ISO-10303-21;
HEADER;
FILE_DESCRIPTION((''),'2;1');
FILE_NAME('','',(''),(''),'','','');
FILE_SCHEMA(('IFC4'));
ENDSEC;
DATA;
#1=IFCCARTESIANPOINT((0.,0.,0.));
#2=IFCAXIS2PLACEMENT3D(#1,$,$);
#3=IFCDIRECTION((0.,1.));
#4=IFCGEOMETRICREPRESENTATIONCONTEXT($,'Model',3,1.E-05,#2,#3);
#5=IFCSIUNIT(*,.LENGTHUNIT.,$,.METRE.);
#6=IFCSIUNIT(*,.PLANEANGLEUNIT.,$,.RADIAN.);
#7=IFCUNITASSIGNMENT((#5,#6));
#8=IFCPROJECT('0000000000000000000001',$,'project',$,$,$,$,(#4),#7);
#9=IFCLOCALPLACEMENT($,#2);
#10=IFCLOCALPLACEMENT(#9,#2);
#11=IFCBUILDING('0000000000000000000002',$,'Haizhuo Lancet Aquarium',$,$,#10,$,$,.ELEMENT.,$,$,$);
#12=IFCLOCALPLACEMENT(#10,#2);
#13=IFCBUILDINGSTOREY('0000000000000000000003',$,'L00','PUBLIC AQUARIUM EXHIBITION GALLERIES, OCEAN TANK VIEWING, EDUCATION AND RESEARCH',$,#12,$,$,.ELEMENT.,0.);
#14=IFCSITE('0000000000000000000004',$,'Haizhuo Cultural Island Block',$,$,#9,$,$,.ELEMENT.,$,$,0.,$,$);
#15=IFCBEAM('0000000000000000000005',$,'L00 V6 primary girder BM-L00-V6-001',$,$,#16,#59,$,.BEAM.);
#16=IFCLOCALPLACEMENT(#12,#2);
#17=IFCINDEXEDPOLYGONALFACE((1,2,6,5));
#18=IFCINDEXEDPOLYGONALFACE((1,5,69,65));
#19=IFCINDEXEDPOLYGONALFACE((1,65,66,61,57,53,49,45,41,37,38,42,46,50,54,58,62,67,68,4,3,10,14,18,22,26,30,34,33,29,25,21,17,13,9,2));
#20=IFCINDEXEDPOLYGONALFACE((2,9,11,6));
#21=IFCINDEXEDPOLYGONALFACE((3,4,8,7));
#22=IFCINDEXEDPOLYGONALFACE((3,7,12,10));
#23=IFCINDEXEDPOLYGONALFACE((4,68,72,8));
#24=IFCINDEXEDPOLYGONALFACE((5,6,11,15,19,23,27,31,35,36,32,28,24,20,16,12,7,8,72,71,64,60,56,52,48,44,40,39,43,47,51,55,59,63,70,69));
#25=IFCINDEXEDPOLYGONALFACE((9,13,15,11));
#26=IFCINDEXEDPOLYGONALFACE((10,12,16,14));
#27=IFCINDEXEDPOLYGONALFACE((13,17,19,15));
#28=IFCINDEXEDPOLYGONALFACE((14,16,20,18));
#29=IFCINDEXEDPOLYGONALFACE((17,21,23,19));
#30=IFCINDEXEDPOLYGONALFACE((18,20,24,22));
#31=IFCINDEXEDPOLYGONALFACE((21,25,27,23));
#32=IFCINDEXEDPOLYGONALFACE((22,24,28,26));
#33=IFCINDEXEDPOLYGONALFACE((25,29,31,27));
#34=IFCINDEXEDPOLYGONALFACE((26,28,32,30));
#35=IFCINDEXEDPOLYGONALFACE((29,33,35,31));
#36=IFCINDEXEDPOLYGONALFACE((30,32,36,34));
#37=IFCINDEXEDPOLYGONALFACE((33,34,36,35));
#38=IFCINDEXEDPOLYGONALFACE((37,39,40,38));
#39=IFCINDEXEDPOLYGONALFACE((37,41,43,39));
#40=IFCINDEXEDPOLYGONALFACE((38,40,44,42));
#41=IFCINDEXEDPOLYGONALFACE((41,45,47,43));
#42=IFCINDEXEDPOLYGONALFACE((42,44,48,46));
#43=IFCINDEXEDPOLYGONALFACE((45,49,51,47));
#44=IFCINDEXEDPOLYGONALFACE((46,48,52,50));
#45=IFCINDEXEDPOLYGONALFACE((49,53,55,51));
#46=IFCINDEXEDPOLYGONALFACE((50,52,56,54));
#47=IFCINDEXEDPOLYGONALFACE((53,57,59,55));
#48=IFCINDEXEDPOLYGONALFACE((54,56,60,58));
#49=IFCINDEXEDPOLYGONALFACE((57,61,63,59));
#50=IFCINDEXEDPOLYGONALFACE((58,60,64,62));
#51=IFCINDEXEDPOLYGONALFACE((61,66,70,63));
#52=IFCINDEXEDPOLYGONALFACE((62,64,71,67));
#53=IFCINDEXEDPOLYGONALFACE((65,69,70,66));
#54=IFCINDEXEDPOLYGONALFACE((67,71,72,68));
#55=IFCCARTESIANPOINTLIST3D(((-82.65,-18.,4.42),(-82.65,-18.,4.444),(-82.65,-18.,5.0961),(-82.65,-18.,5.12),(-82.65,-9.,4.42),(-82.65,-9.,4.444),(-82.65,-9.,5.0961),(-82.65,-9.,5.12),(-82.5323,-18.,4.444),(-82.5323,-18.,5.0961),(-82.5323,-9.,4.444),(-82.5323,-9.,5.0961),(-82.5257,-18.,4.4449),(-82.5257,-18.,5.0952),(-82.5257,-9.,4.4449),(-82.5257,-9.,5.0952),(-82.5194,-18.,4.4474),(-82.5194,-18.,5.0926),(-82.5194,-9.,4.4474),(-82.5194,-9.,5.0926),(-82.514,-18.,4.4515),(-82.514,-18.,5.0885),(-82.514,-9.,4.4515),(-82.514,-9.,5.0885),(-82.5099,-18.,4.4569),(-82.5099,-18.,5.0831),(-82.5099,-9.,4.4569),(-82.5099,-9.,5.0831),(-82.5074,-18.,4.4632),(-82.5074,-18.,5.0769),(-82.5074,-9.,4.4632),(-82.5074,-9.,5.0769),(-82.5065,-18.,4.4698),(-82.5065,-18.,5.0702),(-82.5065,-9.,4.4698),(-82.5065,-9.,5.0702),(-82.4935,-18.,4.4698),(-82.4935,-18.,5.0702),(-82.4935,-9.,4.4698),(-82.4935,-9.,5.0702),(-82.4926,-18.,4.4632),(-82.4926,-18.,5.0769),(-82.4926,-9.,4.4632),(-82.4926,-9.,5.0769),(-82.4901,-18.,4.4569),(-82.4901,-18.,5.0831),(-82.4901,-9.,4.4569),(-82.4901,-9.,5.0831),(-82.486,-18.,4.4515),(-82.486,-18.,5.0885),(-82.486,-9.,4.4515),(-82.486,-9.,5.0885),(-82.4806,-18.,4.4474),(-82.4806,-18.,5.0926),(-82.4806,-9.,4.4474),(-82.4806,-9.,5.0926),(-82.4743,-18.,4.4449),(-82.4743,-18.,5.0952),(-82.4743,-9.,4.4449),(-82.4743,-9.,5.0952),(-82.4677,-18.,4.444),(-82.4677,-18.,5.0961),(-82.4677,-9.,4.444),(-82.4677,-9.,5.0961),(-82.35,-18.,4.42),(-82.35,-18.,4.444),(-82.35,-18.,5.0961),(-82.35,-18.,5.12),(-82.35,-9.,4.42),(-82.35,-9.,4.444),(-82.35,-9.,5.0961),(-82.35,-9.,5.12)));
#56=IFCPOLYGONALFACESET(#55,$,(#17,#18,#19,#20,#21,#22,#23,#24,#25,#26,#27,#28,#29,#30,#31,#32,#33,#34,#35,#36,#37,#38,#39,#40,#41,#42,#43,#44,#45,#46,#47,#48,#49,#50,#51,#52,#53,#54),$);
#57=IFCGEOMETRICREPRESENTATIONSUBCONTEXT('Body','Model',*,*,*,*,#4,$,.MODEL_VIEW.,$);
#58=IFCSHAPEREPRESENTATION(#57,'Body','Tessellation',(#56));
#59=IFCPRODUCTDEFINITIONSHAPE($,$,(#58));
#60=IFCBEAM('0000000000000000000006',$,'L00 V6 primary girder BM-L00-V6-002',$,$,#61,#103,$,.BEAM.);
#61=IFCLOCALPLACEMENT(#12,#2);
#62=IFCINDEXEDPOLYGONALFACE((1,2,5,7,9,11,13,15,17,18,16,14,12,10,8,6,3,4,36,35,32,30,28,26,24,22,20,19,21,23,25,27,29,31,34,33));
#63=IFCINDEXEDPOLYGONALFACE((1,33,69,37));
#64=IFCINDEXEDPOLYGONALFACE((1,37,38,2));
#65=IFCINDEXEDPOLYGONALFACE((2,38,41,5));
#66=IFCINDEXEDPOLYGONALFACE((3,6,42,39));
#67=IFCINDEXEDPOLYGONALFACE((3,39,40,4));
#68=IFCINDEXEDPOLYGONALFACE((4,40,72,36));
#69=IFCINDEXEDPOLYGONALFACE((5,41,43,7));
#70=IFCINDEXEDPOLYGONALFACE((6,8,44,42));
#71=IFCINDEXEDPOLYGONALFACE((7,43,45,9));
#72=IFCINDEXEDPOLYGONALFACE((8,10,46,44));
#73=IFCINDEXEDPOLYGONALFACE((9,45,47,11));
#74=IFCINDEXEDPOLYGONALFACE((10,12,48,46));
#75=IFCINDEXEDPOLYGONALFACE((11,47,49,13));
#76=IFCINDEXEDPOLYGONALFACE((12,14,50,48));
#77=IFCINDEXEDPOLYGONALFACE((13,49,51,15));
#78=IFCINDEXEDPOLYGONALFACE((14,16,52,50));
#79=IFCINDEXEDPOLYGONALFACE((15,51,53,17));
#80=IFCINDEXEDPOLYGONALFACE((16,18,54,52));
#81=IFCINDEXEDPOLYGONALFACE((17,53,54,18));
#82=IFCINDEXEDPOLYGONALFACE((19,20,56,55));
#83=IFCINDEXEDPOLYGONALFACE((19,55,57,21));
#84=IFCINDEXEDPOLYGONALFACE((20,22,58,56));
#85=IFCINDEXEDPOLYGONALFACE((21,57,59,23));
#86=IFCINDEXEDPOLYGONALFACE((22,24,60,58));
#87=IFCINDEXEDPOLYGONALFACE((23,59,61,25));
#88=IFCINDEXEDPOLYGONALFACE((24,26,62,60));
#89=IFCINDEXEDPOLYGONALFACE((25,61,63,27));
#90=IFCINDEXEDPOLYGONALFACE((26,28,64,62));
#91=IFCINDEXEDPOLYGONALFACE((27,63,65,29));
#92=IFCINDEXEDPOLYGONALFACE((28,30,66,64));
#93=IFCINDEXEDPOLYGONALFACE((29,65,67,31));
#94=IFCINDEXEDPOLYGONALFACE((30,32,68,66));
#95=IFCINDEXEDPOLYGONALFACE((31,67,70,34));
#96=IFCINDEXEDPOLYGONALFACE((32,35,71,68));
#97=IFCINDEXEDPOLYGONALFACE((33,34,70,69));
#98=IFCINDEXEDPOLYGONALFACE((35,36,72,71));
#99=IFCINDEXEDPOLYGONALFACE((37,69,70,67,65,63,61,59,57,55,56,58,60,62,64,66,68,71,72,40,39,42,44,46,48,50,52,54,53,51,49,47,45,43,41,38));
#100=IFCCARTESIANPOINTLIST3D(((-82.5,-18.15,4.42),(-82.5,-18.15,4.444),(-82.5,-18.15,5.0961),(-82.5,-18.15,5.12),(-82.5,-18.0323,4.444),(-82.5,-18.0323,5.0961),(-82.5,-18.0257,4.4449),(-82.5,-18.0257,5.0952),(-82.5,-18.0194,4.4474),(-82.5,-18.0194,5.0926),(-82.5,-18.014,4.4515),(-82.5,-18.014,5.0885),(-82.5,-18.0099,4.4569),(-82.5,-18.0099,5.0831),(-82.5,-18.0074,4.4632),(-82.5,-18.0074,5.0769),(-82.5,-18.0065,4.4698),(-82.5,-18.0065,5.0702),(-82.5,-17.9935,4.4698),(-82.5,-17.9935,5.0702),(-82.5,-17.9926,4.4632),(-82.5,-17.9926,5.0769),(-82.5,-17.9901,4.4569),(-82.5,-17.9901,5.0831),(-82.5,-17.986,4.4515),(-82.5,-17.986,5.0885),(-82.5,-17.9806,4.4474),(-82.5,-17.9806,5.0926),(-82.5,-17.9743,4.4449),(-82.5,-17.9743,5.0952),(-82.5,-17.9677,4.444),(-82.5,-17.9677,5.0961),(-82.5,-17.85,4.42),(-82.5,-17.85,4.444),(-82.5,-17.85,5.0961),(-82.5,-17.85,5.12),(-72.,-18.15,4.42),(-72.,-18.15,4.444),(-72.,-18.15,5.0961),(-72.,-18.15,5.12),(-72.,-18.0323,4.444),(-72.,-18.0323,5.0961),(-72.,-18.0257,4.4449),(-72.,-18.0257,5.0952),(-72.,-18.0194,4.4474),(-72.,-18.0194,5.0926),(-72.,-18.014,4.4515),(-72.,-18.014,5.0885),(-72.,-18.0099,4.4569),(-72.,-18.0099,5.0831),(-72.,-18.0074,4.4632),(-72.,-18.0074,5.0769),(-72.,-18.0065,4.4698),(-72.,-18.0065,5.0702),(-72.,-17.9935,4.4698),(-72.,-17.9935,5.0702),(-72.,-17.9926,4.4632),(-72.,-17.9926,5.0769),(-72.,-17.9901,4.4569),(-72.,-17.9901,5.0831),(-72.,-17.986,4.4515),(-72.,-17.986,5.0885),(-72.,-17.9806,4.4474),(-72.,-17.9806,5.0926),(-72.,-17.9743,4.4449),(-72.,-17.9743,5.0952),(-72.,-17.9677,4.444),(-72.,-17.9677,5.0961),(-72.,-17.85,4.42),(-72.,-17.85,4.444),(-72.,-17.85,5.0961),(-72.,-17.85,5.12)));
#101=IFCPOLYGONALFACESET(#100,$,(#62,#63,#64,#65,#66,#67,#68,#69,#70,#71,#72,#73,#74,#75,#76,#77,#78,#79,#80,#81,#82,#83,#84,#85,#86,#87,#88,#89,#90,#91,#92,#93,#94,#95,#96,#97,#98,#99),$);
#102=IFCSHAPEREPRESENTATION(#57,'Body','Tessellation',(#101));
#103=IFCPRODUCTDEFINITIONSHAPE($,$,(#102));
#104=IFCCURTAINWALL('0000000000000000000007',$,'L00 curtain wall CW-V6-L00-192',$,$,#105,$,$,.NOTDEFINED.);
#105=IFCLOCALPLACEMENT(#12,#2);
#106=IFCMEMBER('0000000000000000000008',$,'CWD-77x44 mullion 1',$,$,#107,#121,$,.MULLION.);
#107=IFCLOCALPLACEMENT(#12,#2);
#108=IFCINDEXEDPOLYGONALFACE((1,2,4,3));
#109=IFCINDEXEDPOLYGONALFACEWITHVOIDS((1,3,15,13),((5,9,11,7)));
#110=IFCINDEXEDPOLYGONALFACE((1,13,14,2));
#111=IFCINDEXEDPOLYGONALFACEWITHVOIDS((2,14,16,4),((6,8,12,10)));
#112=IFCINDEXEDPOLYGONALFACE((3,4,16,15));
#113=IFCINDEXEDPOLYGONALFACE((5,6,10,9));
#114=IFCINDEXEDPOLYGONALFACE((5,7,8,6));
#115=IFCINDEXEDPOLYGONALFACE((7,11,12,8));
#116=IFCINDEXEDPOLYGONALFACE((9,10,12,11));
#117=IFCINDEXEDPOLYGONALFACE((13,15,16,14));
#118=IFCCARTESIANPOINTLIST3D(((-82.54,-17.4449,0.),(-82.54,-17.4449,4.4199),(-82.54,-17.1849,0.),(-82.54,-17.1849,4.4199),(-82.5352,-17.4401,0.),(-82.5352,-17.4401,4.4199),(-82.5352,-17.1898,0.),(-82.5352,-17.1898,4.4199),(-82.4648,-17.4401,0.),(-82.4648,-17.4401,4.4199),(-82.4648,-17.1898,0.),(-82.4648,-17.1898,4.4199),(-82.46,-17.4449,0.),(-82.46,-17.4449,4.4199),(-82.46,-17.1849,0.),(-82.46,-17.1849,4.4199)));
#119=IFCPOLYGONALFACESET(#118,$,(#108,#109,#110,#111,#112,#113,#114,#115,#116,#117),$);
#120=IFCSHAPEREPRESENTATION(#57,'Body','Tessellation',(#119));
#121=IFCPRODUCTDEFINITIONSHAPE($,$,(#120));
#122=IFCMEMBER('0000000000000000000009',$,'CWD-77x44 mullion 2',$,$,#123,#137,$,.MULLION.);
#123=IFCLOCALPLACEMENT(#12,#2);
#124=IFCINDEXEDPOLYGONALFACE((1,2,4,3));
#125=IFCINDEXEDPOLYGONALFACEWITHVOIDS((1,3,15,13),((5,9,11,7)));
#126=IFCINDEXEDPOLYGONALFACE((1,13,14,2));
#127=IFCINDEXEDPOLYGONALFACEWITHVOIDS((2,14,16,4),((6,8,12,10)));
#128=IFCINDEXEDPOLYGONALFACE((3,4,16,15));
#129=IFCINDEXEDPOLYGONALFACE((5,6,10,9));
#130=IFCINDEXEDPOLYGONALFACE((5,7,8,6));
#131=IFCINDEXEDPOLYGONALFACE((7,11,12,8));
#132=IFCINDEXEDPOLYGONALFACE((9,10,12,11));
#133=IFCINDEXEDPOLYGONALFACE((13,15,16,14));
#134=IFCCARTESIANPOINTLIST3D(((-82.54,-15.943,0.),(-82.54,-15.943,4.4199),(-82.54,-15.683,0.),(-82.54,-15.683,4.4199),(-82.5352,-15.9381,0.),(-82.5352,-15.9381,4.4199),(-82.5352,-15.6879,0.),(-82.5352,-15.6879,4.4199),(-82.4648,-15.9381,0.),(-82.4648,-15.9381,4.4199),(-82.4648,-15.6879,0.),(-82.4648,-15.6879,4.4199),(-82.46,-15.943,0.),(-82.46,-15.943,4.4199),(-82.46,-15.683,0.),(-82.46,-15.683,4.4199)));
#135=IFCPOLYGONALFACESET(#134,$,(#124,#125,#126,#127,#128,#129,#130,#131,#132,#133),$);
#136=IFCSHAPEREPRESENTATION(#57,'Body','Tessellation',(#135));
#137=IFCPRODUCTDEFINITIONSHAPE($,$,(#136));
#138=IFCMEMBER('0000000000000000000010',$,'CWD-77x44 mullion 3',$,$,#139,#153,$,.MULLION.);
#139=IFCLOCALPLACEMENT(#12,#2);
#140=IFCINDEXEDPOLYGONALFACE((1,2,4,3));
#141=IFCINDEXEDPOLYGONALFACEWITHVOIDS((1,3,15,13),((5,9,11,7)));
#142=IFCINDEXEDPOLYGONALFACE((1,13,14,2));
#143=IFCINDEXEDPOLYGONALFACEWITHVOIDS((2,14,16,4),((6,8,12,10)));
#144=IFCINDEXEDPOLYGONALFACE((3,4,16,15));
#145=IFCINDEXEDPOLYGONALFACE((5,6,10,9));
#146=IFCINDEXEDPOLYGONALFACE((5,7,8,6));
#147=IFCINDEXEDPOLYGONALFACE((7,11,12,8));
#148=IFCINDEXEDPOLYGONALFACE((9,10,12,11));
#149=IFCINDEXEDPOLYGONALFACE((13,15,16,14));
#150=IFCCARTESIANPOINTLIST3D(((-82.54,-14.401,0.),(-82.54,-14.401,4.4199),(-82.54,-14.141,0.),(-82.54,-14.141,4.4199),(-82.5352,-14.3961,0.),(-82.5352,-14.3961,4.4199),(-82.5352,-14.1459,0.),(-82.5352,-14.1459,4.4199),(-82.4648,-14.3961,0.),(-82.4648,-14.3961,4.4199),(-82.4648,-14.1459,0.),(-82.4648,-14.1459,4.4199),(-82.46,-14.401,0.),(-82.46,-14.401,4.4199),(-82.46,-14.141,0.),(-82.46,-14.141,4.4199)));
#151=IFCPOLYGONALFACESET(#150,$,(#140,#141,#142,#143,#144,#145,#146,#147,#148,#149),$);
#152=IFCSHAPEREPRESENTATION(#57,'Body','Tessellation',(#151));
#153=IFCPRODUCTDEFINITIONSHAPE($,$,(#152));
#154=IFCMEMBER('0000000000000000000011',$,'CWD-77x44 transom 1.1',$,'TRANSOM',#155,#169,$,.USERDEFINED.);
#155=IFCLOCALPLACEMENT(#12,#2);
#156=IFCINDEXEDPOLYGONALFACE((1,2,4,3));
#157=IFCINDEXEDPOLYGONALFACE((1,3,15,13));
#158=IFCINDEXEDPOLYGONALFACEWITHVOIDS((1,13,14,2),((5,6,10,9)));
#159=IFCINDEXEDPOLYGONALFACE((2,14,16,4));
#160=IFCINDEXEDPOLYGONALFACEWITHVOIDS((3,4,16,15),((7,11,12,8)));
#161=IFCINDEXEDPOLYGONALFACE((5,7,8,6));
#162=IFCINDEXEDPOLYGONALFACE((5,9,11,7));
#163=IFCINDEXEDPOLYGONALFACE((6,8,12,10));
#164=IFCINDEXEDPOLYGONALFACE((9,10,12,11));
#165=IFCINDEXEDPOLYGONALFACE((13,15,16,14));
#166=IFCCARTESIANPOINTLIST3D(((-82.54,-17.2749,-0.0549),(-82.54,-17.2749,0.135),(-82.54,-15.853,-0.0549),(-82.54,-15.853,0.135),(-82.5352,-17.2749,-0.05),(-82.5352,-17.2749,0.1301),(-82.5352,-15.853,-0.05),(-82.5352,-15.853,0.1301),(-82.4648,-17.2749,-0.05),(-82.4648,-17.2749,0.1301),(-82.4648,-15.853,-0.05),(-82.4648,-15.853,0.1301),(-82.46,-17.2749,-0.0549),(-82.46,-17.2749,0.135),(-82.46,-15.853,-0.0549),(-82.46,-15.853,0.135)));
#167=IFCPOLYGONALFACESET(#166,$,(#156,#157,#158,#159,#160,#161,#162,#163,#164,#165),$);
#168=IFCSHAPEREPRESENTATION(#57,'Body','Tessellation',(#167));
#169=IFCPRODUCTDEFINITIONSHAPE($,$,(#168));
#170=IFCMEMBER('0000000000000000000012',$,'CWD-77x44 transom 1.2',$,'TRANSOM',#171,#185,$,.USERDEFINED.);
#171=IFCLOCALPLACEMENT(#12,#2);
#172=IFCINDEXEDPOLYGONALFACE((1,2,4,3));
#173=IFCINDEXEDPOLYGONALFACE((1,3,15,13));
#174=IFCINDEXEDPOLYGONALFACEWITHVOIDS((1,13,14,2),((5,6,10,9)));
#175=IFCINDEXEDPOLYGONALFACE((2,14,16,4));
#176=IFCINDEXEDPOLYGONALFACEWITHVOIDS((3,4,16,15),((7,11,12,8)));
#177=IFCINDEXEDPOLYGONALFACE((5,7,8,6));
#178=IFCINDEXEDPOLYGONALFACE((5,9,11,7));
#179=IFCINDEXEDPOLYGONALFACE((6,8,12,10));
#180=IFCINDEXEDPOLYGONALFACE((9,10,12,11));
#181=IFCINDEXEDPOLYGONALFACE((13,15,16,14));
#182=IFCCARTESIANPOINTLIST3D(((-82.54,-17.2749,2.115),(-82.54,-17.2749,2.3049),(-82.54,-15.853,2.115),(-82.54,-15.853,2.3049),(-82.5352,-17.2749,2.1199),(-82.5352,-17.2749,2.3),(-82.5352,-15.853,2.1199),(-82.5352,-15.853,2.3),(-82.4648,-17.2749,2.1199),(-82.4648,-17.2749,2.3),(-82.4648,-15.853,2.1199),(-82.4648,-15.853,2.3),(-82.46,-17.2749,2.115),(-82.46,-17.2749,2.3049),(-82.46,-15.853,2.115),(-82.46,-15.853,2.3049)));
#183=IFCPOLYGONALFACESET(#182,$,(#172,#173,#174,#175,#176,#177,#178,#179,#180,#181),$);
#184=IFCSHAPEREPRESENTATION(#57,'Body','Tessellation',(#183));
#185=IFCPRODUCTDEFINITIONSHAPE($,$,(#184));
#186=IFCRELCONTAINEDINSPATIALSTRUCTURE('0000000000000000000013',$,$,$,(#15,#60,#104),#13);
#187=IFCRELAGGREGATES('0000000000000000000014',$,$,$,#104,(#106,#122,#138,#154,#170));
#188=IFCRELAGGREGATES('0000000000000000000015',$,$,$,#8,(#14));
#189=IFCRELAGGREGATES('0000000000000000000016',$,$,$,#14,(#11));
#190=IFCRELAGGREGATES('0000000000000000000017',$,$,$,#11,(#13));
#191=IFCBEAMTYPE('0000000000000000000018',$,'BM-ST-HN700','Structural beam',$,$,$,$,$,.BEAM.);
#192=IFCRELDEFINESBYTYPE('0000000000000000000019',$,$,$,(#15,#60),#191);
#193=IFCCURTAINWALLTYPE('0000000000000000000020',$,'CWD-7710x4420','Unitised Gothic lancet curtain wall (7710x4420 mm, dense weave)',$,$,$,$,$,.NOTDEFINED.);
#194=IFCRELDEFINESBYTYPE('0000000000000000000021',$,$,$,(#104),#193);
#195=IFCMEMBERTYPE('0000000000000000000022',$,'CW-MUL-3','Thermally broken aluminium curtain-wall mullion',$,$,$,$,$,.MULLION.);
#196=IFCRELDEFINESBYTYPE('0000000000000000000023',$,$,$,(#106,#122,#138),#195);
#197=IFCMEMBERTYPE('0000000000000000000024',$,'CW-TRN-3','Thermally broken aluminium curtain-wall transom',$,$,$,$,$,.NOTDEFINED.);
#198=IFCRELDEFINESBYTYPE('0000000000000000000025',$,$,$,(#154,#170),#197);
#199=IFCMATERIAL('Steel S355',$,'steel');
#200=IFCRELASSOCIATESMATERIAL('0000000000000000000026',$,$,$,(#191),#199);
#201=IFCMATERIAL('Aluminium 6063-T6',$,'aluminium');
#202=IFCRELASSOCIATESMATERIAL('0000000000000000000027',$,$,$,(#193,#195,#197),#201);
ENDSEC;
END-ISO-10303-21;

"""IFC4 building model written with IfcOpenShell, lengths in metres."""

from ifc_helpers import new_model, si_unit, direction, frame, origin, origin_2d, place, context, subcontext, project, spatial, hollow_rectangle, i_section, extrude, material, material_profile, profile_set, type_object, element, aggregate, save


model = new_model("IFC4")

# Units and contexts
model_context = context("Model", 3, precision=1e-05, world=origin(), true_north=direction((0.0, 1.0)))
body_context = subcontext(model_context, "Body", "Model", "MODEL_VIEW")
ifc_project = project(units=[si_unit("LENGTHUNIT", "METRE"), si_unit("PLANEANGLEUNIT", "RADIAN")], contexts=[model_context])

# Site, building, storey
site_placement = place(None, origin())
site = spatial("IfcSite", under=ifc_project, at=site_placement, Name="Haizhuo Cultural Island Block", CompositionType="ELEMENT", RefElevation=0.0)
building_placement = place(site_placement, origin())
building = spatial("IfcBuilding", under=site, at=building_placement, Name="Haizhuo Lancet Aquarium", CompositionType="ELEMENT")
storey_placement = place(building_placement, origin())
storey = spatial("IfcBuildingStorey", under=building, at=storey_placement, Name="L00", Description="PUBLIC AQUARIUM EXHIBITION GALLERIES, OCEAN TANK VIEWING, EDUCATION AND RESEARCH", CompositionType="ELEMENT", Elevation=0.0)

# Beams
ifc_material_1 = material(Name="Steel S355", Category="steel")
ifc_material_profile_1 = material_profile(ifc_material_1, i_section(OverallWidth=0.3, OverallDepth=0.7, WebThickness=0.0129, FlangeThickness=0.0239, FilletRadius=0.0259, at=origin_2d()), Name="HN 700x300x13x24")
ifc_profile_set_1 = profile_set([ifc_material_profile_1], Name="Steel S355")
beam_type_1 = type_object("IfcBeamType", Name="BM-ST-HN700", Description="Structural beam", PredefinedType="BEAM", material=ifc_profile_set_1)
beam_1_placement = place(storey_placement, frame((-82.5, -18.0, 4.77), z_axis=(0.0, 1.0, 0.0), x_axis=(-1.0, 0.0, 0.0)))
element("IfcBeam", 1, at=beam_1_placement, inside=storey, type_object=beam_type_1, Name="L00 V6 primary girder BM-L00-V6-001", PredefinedType="BEAM", context=body_context, shape_type="SweptSolid", body=[
    extrude(i_section(OverallWidth=0.3, OverallDepth=0.7, WebThickness=0.0129, FlangeThickness=0.0239, FilletRadius=0.0259, at=origin_2d()), origin(), (0.0, 0.0, 1.0), 9.0),
])
beam_2_placement = place(storey_placement, frame((-82.5, -18.0, 4.77), z_axis=(1.0, 0.0, 0.0), x_axis=(0.0, 1.0, 0.0)))
element("IfcBeam", 2, at=beam_2_placement, inside=storey, type_object=beam_type_1, Name="L00 V6 primary girder BM-L00-V6-002", PredefinedType="BEAM", context=body_context, shape_type="SweptSolid", body=[
    extrude(i_section(OverallWidth=0.3, OverallDepth=0.7, WebThickness=0.0129, FlangeThickness=0.0239, FilletRadius=0.0259, at=origin_2d()), origin(), (0.0, 0.0, 1.0), 10.5),
])

# Curtain wall, members
ifc_material_2 = material(Name="Aluminium 6063-T6", Category="aluminium")
curtain_wall_type = type_object("IfcCurtainWallType", Name="CWD-7710x4420", Description="Unitised Gothic lancet curtain wall (7710x4420 mm, dense weave)", PredefinedType="NOTDEFINED", material=ifc_material_2)
curtain_wall_placement = place(storey_placement, origin())
curtain_wall = element("IfcCurtainWall", 3, at=curtain_wall_placement, inside=storey, type_object=curtain_wall_type, Name="L00 curtain wall CW-V6-L00-192", PredefinedType="NOTDEFINED")
ifc_material_profile_2 = material_profile(ifc_material_2, hollow_rectangle(XDim=0.0801, YDim=0.26, WallThickness=0.0049, at=origin_2d()), Name="ALU-M 80x260x5")
ifc_profile_set_2 = profile_set([ifc_material_profile_2], Name="Aluminium 6063-T6")
member_type_1 = type_object("IfcMemberType", Name="CW-MUL-3", Description="Thermally broken aluminium curtain-wall mullion", PredefinedType="MULLION", material=ifc_profile_set_2)
member_1_placement = place(storey_placement, frame((-82.5, -17.3149, 0.0), z_axis=(0.0, 0.0, 1.0), x_axis=(-1.0, 0.0, 0.0)))
member_1 = element("IfcMember", 4, at=member_1_placement, type_object=member_type_1, Name="CWD-77x44 mullion 1", PredefinedType="MULLION", context=body_context, shape_type="SweptSolid", body=[
    extrude(hollow_rectangle(XDim=0.0801, YDim=0.26, WallThickness=0.0049, at=origin_2d()), origin(), (0.0, 0.0, 1.0), 4.4199),
])
member_2_placement = place(storey_placement, frame((-82.5, -15.813, 0.0), z_axis=(0.0, 0.0, 1.0), x_axis=(-1.0, 0.0, 0.0)))
member_2 = element("IfcMember", 5, at=member_2_placement, type_object=member_type_1, Name="CWD-77x44 mullion 2", PredefinedType="MULLION", context=body_context, shape_type="SweptSolid", body=[
    extrude(hollow_rectangle(XDim=0.0801, YDim=0.26, WallThickness=0.0049, at=origin_2d()), origin(), (0.0, 0.0, 1.0), 4.4199),
])
member_3_placement = place(storey_placement, frame((-82.5, -14.271, 0.0), z_axis=(0.0, 0.0, 1.0), x_axis=(-1.0, 0.0, 0.0)))
member_3 = element("IfcMember", 6, at=member_3_placement, type_object=member_type_1, Name="CWD-77x44 mullion 3", PredefinedType="MULLION", context=body_context, shape_type="SweptSolid", body=[
    extrude(hollow_rectangle(XDim=0.0801, YDim=0.26, WallThickness=0.0049, at=origin_2d()), origin(), (0.0, 0.0, 1.0), 4.4199),
])
ifc_material_profile_3 = material_profile(ifc_material_2, hollow_rectangle(XDim=0.0801, YDim=0.1899, WallThickness=0.0049, at=origin_2d()), Name="ALU-T 80x190x5")
ifc_profile_set_3 = profile_set([ifc_material_profile_3], Name="Aluminium 6063-T6")
member_type_2 = type_object("IfcMemberType", Name="CW-TRN-3", Description="Thermally broken aluminium curtain-wall transom", PredefinedType="NOTDEFINED", material=ifc_profile_set_3)
member_4_placement = place(storey_placement, frame((-82.5, -17.2749, 0.04), z_axis=(0.0, 1.0, 0.0), x_axis=(-1.0, 0.0, 0.0)))
member_4 = element("IfcMember", 7, at=member_4_placement, type_object=member_type_2, Name="CWD-77x44 transom 1.1", ObjectType="TRANSOM", PredefinedType="USERDEFINED", context=body_context, shape_type="SweptSolid", body=[
    extrude(hollow_rectangle(XDim=0.0801, YDim=0.1899, WallThickness=0.0049, at=origin_2d()), origin(), (0.0, 0.0, 1.0), 1.4219),
])
member_5_placement = place(storey_placement, frame((-82.5, -17.2749, 2.21), z_axis=(0.0, 1.0, 0.0), x_axis=(-1.0, 0.0, 0.0)))
member_5 = element("IfcMember", 8, at=member_5_placement, type_object=member_type_2, Name="CWD-77x44 transom 1.2", ObjectType="TRANSOM", PredefinedType="USERDEFINED", context=body_context, shape_type="SweptSolid", body=[
    extrude(hollow_rectangle(XDim=0.0801, YDim=0.1899, WallThickness=0.0049, at=origin_2d()), origin(), (0.0, 0.0, 1.0), 1.4219),
])

aggregate(curtain_wall, [member_1, member_2, member_3, member_4, member_5])

save(model, "model.ifc")
